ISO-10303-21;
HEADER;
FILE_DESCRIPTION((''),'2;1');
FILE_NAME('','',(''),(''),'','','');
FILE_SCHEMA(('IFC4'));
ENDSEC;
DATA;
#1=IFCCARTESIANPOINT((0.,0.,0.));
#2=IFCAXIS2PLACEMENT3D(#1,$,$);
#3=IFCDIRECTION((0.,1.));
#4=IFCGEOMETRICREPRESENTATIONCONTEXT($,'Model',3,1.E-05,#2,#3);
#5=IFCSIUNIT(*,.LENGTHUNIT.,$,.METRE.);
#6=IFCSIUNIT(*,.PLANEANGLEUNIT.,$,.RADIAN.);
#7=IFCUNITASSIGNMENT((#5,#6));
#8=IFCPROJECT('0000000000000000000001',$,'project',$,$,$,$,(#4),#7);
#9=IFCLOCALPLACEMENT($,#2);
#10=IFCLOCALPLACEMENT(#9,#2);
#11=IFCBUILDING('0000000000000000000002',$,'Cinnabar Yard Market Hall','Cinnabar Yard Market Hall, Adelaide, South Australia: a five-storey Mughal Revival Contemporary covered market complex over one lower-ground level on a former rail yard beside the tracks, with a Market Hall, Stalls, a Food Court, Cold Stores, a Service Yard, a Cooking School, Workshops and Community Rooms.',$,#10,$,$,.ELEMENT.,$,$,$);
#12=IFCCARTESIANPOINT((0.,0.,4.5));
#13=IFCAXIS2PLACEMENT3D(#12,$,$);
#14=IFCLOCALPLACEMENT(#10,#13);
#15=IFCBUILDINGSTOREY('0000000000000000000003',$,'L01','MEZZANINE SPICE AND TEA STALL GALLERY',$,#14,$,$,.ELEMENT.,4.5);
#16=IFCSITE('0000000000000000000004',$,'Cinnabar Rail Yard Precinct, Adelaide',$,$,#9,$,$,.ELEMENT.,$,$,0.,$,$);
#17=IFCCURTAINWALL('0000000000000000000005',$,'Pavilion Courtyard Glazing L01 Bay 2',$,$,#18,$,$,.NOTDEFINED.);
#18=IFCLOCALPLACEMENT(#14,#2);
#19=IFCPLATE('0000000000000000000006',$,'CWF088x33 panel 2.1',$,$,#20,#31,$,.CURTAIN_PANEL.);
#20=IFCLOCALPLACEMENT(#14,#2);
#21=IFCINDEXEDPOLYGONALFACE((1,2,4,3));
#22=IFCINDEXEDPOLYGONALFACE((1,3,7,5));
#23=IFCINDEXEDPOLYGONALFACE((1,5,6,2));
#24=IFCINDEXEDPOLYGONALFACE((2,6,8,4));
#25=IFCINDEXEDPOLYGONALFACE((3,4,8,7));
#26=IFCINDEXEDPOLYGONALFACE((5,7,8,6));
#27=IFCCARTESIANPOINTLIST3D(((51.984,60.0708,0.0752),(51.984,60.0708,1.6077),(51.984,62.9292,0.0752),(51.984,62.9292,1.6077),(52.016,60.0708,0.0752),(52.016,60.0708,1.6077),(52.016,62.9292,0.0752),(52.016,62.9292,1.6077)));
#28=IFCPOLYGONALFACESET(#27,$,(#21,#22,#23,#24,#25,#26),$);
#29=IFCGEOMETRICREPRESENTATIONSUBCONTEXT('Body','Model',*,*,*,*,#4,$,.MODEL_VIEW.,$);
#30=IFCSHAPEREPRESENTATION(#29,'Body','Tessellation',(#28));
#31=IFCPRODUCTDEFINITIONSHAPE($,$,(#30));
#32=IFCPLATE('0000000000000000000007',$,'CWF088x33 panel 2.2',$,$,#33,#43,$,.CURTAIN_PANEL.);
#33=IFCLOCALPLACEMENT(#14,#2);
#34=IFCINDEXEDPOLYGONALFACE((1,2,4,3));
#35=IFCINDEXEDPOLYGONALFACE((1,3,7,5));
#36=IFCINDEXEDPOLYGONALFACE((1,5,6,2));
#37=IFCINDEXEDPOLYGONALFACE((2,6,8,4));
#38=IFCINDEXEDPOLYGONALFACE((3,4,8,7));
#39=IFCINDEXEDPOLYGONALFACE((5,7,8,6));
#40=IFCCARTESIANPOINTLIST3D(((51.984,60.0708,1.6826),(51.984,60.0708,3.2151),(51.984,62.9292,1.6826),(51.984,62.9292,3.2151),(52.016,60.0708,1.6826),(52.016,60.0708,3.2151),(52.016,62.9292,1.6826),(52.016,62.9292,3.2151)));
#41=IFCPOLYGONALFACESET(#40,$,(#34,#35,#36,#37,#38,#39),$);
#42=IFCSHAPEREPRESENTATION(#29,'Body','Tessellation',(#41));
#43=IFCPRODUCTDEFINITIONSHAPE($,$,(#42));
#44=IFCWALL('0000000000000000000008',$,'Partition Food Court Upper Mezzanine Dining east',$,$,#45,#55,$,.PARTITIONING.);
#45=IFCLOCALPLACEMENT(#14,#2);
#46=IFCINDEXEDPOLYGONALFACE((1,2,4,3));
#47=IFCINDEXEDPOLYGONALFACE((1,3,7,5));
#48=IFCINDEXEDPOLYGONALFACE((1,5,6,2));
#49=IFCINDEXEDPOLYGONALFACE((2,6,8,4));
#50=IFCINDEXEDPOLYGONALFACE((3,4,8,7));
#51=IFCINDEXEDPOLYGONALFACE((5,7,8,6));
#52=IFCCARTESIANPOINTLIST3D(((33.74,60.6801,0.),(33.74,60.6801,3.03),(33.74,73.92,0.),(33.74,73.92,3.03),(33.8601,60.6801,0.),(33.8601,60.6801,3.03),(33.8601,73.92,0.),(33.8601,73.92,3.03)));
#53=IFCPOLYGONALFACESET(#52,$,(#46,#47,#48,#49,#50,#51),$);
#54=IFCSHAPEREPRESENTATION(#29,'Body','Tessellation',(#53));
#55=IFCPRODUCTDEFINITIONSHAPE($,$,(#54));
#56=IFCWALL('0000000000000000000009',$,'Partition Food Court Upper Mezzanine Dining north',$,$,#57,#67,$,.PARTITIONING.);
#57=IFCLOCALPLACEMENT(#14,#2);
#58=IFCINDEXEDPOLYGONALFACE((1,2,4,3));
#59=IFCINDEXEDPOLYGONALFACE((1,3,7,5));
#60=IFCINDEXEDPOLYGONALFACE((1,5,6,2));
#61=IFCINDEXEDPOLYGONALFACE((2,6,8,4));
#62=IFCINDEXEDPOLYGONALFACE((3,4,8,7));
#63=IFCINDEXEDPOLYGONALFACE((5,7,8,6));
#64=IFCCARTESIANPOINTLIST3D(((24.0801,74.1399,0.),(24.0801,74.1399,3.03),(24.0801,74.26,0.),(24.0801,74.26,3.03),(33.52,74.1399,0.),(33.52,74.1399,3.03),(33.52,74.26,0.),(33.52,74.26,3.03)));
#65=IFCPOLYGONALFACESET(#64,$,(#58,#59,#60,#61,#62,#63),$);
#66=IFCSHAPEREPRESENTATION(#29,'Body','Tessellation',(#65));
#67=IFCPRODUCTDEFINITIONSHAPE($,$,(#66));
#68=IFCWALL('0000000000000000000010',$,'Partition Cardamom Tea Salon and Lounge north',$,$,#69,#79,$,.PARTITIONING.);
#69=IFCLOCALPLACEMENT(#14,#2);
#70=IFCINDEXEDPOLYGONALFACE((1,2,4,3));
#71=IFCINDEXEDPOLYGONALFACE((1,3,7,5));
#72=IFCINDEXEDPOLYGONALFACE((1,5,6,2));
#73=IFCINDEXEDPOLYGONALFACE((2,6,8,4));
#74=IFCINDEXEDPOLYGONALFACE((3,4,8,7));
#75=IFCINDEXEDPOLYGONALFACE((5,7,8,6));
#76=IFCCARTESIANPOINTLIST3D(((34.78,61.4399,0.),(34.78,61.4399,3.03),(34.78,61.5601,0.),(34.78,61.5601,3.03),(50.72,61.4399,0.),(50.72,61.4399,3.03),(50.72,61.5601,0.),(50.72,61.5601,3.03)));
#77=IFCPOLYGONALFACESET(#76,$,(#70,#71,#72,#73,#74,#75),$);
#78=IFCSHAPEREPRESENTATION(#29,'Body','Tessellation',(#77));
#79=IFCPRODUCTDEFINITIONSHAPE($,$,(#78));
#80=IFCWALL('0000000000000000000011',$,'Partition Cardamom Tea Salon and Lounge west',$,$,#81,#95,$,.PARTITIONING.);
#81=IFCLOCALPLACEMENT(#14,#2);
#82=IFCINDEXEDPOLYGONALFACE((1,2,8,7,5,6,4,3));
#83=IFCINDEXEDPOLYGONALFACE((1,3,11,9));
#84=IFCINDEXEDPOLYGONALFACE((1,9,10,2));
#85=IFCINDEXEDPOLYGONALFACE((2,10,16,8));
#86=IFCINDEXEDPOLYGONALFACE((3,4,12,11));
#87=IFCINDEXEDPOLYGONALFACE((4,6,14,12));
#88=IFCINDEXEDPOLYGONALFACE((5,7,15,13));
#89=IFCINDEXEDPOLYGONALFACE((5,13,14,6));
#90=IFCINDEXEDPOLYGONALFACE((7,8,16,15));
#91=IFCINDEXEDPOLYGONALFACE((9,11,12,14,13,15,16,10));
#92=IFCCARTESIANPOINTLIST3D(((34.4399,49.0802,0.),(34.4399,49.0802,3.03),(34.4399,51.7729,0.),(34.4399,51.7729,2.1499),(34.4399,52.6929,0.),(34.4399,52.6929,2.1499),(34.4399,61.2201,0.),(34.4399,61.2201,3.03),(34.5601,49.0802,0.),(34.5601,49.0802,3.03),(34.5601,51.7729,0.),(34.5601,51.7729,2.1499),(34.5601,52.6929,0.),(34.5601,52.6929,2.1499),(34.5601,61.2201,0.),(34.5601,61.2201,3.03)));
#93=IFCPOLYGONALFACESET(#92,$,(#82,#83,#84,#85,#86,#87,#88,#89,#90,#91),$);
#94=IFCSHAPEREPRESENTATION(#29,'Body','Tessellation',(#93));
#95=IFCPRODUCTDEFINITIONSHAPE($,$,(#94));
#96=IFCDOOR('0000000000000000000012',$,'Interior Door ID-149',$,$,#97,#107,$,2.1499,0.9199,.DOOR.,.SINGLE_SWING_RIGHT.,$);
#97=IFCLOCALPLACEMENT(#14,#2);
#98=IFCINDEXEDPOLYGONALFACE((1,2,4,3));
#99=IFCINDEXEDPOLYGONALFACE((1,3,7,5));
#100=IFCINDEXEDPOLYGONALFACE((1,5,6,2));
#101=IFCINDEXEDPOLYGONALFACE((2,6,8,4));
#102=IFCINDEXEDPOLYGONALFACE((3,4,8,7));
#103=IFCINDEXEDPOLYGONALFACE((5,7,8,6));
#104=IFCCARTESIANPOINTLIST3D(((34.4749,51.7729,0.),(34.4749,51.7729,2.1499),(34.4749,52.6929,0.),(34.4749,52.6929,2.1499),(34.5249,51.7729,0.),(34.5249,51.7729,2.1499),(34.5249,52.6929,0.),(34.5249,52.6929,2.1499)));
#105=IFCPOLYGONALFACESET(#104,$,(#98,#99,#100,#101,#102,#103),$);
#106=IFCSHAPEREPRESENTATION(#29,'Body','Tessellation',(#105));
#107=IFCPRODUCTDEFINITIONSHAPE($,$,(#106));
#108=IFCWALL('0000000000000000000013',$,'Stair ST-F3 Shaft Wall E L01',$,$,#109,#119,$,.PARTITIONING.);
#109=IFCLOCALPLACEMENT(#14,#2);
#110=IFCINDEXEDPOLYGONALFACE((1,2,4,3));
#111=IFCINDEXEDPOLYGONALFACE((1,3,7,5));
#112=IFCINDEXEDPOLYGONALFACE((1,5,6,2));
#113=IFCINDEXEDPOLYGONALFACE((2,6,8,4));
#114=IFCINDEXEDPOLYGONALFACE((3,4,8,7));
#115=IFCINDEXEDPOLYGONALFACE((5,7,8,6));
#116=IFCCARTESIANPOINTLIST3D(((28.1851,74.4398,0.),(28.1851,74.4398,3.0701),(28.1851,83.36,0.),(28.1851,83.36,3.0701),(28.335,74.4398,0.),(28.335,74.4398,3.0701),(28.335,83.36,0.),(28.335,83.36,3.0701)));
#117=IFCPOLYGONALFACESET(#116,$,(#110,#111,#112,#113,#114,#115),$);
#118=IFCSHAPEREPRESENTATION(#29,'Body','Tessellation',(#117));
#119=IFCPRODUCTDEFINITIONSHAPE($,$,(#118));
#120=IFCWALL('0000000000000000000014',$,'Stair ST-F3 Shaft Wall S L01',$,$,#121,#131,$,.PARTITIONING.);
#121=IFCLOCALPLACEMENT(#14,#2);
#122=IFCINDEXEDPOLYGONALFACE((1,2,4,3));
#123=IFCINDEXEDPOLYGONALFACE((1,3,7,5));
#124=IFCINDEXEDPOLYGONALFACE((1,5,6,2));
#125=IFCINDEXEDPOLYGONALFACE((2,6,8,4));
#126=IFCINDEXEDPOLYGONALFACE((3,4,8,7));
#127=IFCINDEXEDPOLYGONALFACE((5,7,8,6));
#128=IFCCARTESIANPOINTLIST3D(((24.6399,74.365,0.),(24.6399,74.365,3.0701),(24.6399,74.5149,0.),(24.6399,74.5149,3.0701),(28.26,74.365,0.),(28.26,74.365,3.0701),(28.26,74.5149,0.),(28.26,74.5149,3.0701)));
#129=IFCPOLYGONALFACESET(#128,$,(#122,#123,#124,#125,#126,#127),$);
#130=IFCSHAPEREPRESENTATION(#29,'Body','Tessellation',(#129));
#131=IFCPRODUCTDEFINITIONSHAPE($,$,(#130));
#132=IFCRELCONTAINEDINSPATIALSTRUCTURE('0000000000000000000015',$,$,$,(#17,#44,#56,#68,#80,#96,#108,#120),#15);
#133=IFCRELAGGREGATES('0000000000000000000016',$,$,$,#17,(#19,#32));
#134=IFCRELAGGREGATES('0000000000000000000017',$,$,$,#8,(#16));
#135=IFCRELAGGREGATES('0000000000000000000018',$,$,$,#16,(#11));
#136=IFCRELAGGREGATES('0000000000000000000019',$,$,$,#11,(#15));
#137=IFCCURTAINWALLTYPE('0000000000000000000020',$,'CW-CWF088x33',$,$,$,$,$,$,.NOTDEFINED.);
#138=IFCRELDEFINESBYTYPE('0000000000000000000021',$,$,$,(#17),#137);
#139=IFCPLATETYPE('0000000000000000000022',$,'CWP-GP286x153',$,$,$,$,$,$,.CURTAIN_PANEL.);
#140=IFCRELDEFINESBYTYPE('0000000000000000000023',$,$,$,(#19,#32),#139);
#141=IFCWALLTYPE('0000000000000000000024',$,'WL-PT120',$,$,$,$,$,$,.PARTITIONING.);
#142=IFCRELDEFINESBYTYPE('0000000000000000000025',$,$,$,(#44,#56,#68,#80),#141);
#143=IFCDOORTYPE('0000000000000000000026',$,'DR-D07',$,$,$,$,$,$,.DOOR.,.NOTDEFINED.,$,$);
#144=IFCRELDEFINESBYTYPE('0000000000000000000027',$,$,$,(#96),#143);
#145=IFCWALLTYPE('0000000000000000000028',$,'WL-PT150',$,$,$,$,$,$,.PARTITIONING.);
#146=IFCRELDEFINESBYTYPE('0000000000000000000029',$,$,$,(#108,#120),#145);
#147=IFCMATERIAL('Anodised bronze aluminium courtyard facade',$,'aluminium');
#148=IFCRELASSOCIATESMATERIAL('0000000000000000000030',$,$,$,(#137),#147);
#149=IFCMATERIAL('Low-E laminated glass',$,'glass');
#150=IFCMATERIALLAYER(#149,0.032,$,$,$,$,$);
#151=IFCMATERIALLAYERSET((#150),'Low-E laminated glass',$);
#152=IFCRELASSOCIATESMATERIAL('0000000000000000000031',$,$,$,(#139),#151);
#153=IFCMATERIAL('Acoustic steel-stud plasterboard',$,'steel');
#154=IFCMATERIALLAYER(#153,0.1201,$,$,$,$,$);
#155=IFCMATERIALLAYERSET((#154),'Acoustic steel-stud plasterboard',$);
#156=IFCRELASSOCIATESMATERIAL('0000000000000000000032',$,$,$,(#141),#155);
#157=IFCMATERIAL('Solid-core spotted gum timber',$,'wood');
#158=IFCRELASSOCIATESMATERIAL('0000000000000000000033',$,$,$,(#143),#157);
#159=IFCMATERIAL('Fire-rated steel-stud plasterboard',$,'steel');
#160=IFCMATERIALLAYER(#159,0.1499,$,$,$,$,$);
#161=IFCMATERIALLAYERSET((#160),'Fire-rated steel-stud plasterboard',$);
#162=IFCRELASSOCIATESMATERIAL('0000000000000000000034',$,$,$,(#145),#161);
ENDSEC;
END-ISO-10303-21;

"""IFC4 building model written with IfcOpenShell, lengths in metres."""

from ifc_helpers import new_model, si_unit, direction, frame, frame_2d, origin, origin_2d_with_axis, place, context, subcontext, project, spatial, rectangle, extrude, material, layer, layer_set, type_object, element, fill, aggregate, save


model = new_model("IFC4")

# Units and contexts
model_context = context("Model", 3, precision=1e-05, world=origin(), true_north=direction((0.0, 1.0)))
body_context = subcontext(model_context, "Body", "Model", "MODEL_VIEW")
ifc_project = project(units=[si_unit("LENGTHUNIT", "METRE"), si_unit("PLANEANGLEUNIT", "RADIAN")], contexts=[model_context])

# Site, building, storey
site_placement = place(None, origin())
site = spatial("IfcSite", under=ifc_project, at=site_placement, Name="Cinnabar Rail Yard Precinct, Adelaide", CompositionType="ELEMENT", RefElevation=0.0)
building_placement = place(site_placement, origin())
building = spatial("IfcBuilding", under=site, at=building_placement, Name="Cinnabar Yard Market Hall", Description="Cinnabar Yard Market Hall, Adelaide, South Australia: a five-storey Mughal Revival Contemporary covered market complex over one lower-ground level on a former rail yard beside the tracks, with a Market Hall, Stalls, a Food Court, Cold Stores, a Service Yard, a Cooking School, Workshops and Community Rooms.", CompositionType="ELEMENT")
storey_placement = place(building_placement, frame((0.0, 0.0, 4.5)))
storey = spatial("IfcBuildingStorey", under=building, at=storey_placement, Name="L01", Description="MEZZANINE SPICE AND TEA STALL GALLERY", CompositionType="ELEMENT", Elevation=4.5)

# Curtain wall, plates
ifc_material_1 = material(Name="Anodised bronze aluminium courtyard facade", Category="aluminium")
curtain_wall_type = type_object("IfcCurtainWallType", Name="CW-CWF088x33", PredefinedType="NOTDEFINED", material=ifc_material_1)
curtain_wall_placement = place(storey_placement, origin())
curtain_wall = element("IfcCurtainWall", 1, at=curtain_wall_placement, inside=storey, type_object=curtain_wall_type, Name="Pavilion Courtyard Glazing L01 Bay 2", PredefinedType="NOTDEFINED")
ifc_material_2 = material(Name="Low-E laminated glass", Category="glass")
ifc_layer_1 = layer(ifc_material_2, 0.032)
ifc_layer_set_1 = layer_set([ifc_layer_1], Name="Low-E laminated glass")
plate_type = type_object("IfcPlateType", Name="CWP-GP286x153", PredefinedType="CURTAIN_PANEL", material=ifc_layer_set_1)
plate_1_placement = place(storey_placement, frame((52.0, 61.5, 0.0752), z_axis=(0.0, 0.0, 1.0), x_axis=(0.0, 1.0, 0.0)))
plate_1 = element("IfcPlate", 2, at=plate_1_placement, type_object=plate_type, Name="CWF088x33 panel 2.1", PredefinedType="CURTAIN_PANEL", context=body_context, shape_type="SweptSolid", body=[
    extrude(rectangle(XDim=2.8584, YDim=0.032, at=origin_2d_with_axis()), origin(), (0.0, 0.0, 1.0), 1.5325),
])
plate_2_placement = place(storey_placement, frame((52.0, 61.5, 1.6826), z_axis=(0.0, 0.0, 1.0), x_axis=(0.0, 1.0, 0.0)))
plate_2 = element("IfcPlate", 3, at=plate_2_placement, type_object=plate_type, Name="CWF088x33 panel 2.2", PredefinedType="CURTAIN_PANEL", context=body_context, shape_type="SweptSolid", body=[
    extrude(rectangle(XDim=2.8584, YDim=0.032, at=origin_2d_with_axis()), origin(), (0.0, 0.0, 1.0), 1.5325),
])
aggregate(curtain_wall, [plate_1, plate_2])

# Walls
ifc_material_3 = material(Name="Acoustic steel-stud plasterboard", Category="steel")
ifc_layer_2 = layer(ifc_material_3, 0.1201)
ifc_layer_set_2 = layer_set([ifc_layer_2], Name="Acoustic steel-stud plasterboard")
wall_type_1 = type_object("IfcWallType", Name="WL-PT120", PredefinedType="PARTITIONING", material=ifc_layer_set_2)
wall_1_placement = place(storey_placement, frame((33.8, 60.6799, 0.0), z_axis=(0.0, 0.0, 1.0), x_axis=(0.0, 1.0, 0.0)))
element("IfcWall", 4, at=wall_1_placement, inside=storey, type_object=wall_type_1, Name="Partition Food Court Upper Mezzanine Dining east", PredefinedType="PARTITIONING", context=body_context, shape_type="SweptSolid", body=[
    extrude(rectangle(XDim=13.24, YDim=0.1201, at=frame_2d((6.6201, 0.0), x_axis=(1.0, 0.0))), origin(), (0.0, 0.0, 1.0), 3.03),
])
wall_2_placement = place(storey_placement, frame((33.52, 74.2, 0.0), z_axis=(0.0, 0.0, 1.0), x_axis=(-1.0, 0.0, 0.0)))
element("IfcWall", 5, at=wall_2_placement, inside=storey, type_object=wall_type_1, Name="Partition Food Court Upper Mezzanine Dining north", PredefinedType="PARTITIONING", context=body_context, shape_type="SweptSolid", body=[
    extrude(rectangle(XDim=9.4399, YDim=0.1201, at=frame_2d((4.72, 0.0), x_axis=(1.0, 0.0))), origin(), (0.0, 0.0, 1.0), 3.03),
])
wall_3_placement = place(storey_placement, frame((50.72, 61.5, 0.0), z_axis=(0.0, 0.0, 1.0), x_axis=(-1.0, 0.0, 0.0)))
element("IfcWall", 6, at=wall_3_placement, inside=storey, type_object=wall_type_1, Name="Partition Cardamom Tea Salon and Lounge north", PredefinedType="PARTITIONING", context=body_context, shape_type="SweptSolid", body=[
    extrude(rectangle(XDim=15.9399, YDim=0.1201, at=frame_2d((7.97, 0.0), x_axis=(1.0, 0.0))), origin(), (0.0, 0.0, 1.0), 3.03),
])

# Wall, opening, door
wall_4_placement = place(storey_placement, frame((34.5, 61.22, 0.0), z_axis=(0.0, 0.0, 1.0), x_axis=(0.0, -1.0, 0.0)))
wall_4 = element("IfcWall", 7, at=wall_4_placement, inside=storey, type_object=wall_type_1, Name="Partition Cardamom Tea Salon and Lounge west", PredefinedType="PARTITIONING", context=body_context, shape_type="SweptSolid", body=[
    extrude(rectangle(XDim=12.1399, YDim=0.1201, at=frame_2d((6.0698, 0.0), x_axis=(1.0, 0.0))), origin(), (0.0, 0.0, 1.0), 3.03),
])
opening_placement = place(wall_4_placement, frame((8.5271, 0.0, 0.0)))
opening = element("IfcOpeningElement", 8, at=opening_placement, cuts=wall_4, PredefinedType="OPENING", context=body_context, shape_type="SweptSolid", body=[
    extrude(rectangle(XDim=0.9199, YDim=2.1499, at=frame_2d((0.46, 1.075), x_axis=(1.0, 0.0))), frame((0.0, 0.0701, 0.0), z_axis=(0.0, -1.0, 0.0), x_axis=(1.0, 0.0, 0.0)), (0.0, 0.0, 1.0), 0.1401),
])
ifc_material_4 = material(Name="Solid-core spotted gum timber", Category="wood")
door_type = type_object("IfcDoorType", Name="DR-D07", OperationType="NOTDEFINED", PredefinedType="DOOR", material=ifc_material_4)
door_placement = place(opening_placement, origin())
door = element("IfcDoor", 9, at=door_placement, inside=storey, type_object=door_type, Name="Interior Door ID-149", OperationType="SINGLE_SWING_RIGHT", OverallHeight=2.1499, OverallWidth=0.9199, PredefinedType="DOOR", context=body_context, shape_type="SweptSolid", body=[
    extrude(rectangle(XDim=0.9199, YDim=2.1499, at=frame_2d((0.46, 1.075), x_axis=(1.0, 0.0))), frame((0.0, 0.0249, 0.0), z_axis=(0.0, -1.0, 0.0), x_axis=(1.0, 0.0, 0.0)), (0.0, 0.0, 1.0), 0.05),
])
fill(opening, door)

# Walls
ifc_material_5 = material(Name="Fire-rated steel-stud plasterboard", Category="steel")
ifc_layer_3 = layer(ifc_material_5, 0.1499)
ifc_layer_set_3 = layer_set([ifc_layer_3], Name="Fire-rated steel-stud plasterboard")
wall_type_2 = type_object("IfcWallType", Name="WL-PT150", PredefinedType="PARTITIONING", material=ifc_layer_set_3)
wall_5_placement = place(storey_placement, frame((28.26, 74.4399, 0.0), z_axis=(0.0, 0.0, 1.0), x_axis=(0.0, 1.0, 0.0)))
element("IfcWall", 10, at=wall_5_placement, inside=storey, type_object=wall_type_2, Name="Stair ST-F3 Shaft Wall E L01", PredefinedType="PARTITIONING", context=body_context, shape_type="SweptSolid", body=[
    extrude(rectangle(XDim=8.9202, YDim=0.1499, at=frame_2d((4.46, 0.0), x_axis=(1.0, 0.0))), origin(), (0.0, 0.0, 1.0), 3.0701),
])
wall_6_placement = place(storey_placement, frame((24.6399, 74.4399, 0.0), z_axis=(0.0, 0.0, 1.0), x_axis=(1.0, 0.0, 0.0)))
element("IfcWall", 11, at=wall_6_placement, inside=storey, type_object=wall_type_2, Name="Stair ST-F3 Shaft Wall S L01", PredefinedType="PARTITIONING", context=body_context, shape_type="SweptSolid", body=[
    extrude(rectangle(XDim=3.6201, YDim=0.1499, at=frame_2d((1.8101, 0.0), x_axis=(1.0, 0.0))), origin(), (0.0, 0.0, 1.0), 3.0701),
])

save(model, "model.ifc")
